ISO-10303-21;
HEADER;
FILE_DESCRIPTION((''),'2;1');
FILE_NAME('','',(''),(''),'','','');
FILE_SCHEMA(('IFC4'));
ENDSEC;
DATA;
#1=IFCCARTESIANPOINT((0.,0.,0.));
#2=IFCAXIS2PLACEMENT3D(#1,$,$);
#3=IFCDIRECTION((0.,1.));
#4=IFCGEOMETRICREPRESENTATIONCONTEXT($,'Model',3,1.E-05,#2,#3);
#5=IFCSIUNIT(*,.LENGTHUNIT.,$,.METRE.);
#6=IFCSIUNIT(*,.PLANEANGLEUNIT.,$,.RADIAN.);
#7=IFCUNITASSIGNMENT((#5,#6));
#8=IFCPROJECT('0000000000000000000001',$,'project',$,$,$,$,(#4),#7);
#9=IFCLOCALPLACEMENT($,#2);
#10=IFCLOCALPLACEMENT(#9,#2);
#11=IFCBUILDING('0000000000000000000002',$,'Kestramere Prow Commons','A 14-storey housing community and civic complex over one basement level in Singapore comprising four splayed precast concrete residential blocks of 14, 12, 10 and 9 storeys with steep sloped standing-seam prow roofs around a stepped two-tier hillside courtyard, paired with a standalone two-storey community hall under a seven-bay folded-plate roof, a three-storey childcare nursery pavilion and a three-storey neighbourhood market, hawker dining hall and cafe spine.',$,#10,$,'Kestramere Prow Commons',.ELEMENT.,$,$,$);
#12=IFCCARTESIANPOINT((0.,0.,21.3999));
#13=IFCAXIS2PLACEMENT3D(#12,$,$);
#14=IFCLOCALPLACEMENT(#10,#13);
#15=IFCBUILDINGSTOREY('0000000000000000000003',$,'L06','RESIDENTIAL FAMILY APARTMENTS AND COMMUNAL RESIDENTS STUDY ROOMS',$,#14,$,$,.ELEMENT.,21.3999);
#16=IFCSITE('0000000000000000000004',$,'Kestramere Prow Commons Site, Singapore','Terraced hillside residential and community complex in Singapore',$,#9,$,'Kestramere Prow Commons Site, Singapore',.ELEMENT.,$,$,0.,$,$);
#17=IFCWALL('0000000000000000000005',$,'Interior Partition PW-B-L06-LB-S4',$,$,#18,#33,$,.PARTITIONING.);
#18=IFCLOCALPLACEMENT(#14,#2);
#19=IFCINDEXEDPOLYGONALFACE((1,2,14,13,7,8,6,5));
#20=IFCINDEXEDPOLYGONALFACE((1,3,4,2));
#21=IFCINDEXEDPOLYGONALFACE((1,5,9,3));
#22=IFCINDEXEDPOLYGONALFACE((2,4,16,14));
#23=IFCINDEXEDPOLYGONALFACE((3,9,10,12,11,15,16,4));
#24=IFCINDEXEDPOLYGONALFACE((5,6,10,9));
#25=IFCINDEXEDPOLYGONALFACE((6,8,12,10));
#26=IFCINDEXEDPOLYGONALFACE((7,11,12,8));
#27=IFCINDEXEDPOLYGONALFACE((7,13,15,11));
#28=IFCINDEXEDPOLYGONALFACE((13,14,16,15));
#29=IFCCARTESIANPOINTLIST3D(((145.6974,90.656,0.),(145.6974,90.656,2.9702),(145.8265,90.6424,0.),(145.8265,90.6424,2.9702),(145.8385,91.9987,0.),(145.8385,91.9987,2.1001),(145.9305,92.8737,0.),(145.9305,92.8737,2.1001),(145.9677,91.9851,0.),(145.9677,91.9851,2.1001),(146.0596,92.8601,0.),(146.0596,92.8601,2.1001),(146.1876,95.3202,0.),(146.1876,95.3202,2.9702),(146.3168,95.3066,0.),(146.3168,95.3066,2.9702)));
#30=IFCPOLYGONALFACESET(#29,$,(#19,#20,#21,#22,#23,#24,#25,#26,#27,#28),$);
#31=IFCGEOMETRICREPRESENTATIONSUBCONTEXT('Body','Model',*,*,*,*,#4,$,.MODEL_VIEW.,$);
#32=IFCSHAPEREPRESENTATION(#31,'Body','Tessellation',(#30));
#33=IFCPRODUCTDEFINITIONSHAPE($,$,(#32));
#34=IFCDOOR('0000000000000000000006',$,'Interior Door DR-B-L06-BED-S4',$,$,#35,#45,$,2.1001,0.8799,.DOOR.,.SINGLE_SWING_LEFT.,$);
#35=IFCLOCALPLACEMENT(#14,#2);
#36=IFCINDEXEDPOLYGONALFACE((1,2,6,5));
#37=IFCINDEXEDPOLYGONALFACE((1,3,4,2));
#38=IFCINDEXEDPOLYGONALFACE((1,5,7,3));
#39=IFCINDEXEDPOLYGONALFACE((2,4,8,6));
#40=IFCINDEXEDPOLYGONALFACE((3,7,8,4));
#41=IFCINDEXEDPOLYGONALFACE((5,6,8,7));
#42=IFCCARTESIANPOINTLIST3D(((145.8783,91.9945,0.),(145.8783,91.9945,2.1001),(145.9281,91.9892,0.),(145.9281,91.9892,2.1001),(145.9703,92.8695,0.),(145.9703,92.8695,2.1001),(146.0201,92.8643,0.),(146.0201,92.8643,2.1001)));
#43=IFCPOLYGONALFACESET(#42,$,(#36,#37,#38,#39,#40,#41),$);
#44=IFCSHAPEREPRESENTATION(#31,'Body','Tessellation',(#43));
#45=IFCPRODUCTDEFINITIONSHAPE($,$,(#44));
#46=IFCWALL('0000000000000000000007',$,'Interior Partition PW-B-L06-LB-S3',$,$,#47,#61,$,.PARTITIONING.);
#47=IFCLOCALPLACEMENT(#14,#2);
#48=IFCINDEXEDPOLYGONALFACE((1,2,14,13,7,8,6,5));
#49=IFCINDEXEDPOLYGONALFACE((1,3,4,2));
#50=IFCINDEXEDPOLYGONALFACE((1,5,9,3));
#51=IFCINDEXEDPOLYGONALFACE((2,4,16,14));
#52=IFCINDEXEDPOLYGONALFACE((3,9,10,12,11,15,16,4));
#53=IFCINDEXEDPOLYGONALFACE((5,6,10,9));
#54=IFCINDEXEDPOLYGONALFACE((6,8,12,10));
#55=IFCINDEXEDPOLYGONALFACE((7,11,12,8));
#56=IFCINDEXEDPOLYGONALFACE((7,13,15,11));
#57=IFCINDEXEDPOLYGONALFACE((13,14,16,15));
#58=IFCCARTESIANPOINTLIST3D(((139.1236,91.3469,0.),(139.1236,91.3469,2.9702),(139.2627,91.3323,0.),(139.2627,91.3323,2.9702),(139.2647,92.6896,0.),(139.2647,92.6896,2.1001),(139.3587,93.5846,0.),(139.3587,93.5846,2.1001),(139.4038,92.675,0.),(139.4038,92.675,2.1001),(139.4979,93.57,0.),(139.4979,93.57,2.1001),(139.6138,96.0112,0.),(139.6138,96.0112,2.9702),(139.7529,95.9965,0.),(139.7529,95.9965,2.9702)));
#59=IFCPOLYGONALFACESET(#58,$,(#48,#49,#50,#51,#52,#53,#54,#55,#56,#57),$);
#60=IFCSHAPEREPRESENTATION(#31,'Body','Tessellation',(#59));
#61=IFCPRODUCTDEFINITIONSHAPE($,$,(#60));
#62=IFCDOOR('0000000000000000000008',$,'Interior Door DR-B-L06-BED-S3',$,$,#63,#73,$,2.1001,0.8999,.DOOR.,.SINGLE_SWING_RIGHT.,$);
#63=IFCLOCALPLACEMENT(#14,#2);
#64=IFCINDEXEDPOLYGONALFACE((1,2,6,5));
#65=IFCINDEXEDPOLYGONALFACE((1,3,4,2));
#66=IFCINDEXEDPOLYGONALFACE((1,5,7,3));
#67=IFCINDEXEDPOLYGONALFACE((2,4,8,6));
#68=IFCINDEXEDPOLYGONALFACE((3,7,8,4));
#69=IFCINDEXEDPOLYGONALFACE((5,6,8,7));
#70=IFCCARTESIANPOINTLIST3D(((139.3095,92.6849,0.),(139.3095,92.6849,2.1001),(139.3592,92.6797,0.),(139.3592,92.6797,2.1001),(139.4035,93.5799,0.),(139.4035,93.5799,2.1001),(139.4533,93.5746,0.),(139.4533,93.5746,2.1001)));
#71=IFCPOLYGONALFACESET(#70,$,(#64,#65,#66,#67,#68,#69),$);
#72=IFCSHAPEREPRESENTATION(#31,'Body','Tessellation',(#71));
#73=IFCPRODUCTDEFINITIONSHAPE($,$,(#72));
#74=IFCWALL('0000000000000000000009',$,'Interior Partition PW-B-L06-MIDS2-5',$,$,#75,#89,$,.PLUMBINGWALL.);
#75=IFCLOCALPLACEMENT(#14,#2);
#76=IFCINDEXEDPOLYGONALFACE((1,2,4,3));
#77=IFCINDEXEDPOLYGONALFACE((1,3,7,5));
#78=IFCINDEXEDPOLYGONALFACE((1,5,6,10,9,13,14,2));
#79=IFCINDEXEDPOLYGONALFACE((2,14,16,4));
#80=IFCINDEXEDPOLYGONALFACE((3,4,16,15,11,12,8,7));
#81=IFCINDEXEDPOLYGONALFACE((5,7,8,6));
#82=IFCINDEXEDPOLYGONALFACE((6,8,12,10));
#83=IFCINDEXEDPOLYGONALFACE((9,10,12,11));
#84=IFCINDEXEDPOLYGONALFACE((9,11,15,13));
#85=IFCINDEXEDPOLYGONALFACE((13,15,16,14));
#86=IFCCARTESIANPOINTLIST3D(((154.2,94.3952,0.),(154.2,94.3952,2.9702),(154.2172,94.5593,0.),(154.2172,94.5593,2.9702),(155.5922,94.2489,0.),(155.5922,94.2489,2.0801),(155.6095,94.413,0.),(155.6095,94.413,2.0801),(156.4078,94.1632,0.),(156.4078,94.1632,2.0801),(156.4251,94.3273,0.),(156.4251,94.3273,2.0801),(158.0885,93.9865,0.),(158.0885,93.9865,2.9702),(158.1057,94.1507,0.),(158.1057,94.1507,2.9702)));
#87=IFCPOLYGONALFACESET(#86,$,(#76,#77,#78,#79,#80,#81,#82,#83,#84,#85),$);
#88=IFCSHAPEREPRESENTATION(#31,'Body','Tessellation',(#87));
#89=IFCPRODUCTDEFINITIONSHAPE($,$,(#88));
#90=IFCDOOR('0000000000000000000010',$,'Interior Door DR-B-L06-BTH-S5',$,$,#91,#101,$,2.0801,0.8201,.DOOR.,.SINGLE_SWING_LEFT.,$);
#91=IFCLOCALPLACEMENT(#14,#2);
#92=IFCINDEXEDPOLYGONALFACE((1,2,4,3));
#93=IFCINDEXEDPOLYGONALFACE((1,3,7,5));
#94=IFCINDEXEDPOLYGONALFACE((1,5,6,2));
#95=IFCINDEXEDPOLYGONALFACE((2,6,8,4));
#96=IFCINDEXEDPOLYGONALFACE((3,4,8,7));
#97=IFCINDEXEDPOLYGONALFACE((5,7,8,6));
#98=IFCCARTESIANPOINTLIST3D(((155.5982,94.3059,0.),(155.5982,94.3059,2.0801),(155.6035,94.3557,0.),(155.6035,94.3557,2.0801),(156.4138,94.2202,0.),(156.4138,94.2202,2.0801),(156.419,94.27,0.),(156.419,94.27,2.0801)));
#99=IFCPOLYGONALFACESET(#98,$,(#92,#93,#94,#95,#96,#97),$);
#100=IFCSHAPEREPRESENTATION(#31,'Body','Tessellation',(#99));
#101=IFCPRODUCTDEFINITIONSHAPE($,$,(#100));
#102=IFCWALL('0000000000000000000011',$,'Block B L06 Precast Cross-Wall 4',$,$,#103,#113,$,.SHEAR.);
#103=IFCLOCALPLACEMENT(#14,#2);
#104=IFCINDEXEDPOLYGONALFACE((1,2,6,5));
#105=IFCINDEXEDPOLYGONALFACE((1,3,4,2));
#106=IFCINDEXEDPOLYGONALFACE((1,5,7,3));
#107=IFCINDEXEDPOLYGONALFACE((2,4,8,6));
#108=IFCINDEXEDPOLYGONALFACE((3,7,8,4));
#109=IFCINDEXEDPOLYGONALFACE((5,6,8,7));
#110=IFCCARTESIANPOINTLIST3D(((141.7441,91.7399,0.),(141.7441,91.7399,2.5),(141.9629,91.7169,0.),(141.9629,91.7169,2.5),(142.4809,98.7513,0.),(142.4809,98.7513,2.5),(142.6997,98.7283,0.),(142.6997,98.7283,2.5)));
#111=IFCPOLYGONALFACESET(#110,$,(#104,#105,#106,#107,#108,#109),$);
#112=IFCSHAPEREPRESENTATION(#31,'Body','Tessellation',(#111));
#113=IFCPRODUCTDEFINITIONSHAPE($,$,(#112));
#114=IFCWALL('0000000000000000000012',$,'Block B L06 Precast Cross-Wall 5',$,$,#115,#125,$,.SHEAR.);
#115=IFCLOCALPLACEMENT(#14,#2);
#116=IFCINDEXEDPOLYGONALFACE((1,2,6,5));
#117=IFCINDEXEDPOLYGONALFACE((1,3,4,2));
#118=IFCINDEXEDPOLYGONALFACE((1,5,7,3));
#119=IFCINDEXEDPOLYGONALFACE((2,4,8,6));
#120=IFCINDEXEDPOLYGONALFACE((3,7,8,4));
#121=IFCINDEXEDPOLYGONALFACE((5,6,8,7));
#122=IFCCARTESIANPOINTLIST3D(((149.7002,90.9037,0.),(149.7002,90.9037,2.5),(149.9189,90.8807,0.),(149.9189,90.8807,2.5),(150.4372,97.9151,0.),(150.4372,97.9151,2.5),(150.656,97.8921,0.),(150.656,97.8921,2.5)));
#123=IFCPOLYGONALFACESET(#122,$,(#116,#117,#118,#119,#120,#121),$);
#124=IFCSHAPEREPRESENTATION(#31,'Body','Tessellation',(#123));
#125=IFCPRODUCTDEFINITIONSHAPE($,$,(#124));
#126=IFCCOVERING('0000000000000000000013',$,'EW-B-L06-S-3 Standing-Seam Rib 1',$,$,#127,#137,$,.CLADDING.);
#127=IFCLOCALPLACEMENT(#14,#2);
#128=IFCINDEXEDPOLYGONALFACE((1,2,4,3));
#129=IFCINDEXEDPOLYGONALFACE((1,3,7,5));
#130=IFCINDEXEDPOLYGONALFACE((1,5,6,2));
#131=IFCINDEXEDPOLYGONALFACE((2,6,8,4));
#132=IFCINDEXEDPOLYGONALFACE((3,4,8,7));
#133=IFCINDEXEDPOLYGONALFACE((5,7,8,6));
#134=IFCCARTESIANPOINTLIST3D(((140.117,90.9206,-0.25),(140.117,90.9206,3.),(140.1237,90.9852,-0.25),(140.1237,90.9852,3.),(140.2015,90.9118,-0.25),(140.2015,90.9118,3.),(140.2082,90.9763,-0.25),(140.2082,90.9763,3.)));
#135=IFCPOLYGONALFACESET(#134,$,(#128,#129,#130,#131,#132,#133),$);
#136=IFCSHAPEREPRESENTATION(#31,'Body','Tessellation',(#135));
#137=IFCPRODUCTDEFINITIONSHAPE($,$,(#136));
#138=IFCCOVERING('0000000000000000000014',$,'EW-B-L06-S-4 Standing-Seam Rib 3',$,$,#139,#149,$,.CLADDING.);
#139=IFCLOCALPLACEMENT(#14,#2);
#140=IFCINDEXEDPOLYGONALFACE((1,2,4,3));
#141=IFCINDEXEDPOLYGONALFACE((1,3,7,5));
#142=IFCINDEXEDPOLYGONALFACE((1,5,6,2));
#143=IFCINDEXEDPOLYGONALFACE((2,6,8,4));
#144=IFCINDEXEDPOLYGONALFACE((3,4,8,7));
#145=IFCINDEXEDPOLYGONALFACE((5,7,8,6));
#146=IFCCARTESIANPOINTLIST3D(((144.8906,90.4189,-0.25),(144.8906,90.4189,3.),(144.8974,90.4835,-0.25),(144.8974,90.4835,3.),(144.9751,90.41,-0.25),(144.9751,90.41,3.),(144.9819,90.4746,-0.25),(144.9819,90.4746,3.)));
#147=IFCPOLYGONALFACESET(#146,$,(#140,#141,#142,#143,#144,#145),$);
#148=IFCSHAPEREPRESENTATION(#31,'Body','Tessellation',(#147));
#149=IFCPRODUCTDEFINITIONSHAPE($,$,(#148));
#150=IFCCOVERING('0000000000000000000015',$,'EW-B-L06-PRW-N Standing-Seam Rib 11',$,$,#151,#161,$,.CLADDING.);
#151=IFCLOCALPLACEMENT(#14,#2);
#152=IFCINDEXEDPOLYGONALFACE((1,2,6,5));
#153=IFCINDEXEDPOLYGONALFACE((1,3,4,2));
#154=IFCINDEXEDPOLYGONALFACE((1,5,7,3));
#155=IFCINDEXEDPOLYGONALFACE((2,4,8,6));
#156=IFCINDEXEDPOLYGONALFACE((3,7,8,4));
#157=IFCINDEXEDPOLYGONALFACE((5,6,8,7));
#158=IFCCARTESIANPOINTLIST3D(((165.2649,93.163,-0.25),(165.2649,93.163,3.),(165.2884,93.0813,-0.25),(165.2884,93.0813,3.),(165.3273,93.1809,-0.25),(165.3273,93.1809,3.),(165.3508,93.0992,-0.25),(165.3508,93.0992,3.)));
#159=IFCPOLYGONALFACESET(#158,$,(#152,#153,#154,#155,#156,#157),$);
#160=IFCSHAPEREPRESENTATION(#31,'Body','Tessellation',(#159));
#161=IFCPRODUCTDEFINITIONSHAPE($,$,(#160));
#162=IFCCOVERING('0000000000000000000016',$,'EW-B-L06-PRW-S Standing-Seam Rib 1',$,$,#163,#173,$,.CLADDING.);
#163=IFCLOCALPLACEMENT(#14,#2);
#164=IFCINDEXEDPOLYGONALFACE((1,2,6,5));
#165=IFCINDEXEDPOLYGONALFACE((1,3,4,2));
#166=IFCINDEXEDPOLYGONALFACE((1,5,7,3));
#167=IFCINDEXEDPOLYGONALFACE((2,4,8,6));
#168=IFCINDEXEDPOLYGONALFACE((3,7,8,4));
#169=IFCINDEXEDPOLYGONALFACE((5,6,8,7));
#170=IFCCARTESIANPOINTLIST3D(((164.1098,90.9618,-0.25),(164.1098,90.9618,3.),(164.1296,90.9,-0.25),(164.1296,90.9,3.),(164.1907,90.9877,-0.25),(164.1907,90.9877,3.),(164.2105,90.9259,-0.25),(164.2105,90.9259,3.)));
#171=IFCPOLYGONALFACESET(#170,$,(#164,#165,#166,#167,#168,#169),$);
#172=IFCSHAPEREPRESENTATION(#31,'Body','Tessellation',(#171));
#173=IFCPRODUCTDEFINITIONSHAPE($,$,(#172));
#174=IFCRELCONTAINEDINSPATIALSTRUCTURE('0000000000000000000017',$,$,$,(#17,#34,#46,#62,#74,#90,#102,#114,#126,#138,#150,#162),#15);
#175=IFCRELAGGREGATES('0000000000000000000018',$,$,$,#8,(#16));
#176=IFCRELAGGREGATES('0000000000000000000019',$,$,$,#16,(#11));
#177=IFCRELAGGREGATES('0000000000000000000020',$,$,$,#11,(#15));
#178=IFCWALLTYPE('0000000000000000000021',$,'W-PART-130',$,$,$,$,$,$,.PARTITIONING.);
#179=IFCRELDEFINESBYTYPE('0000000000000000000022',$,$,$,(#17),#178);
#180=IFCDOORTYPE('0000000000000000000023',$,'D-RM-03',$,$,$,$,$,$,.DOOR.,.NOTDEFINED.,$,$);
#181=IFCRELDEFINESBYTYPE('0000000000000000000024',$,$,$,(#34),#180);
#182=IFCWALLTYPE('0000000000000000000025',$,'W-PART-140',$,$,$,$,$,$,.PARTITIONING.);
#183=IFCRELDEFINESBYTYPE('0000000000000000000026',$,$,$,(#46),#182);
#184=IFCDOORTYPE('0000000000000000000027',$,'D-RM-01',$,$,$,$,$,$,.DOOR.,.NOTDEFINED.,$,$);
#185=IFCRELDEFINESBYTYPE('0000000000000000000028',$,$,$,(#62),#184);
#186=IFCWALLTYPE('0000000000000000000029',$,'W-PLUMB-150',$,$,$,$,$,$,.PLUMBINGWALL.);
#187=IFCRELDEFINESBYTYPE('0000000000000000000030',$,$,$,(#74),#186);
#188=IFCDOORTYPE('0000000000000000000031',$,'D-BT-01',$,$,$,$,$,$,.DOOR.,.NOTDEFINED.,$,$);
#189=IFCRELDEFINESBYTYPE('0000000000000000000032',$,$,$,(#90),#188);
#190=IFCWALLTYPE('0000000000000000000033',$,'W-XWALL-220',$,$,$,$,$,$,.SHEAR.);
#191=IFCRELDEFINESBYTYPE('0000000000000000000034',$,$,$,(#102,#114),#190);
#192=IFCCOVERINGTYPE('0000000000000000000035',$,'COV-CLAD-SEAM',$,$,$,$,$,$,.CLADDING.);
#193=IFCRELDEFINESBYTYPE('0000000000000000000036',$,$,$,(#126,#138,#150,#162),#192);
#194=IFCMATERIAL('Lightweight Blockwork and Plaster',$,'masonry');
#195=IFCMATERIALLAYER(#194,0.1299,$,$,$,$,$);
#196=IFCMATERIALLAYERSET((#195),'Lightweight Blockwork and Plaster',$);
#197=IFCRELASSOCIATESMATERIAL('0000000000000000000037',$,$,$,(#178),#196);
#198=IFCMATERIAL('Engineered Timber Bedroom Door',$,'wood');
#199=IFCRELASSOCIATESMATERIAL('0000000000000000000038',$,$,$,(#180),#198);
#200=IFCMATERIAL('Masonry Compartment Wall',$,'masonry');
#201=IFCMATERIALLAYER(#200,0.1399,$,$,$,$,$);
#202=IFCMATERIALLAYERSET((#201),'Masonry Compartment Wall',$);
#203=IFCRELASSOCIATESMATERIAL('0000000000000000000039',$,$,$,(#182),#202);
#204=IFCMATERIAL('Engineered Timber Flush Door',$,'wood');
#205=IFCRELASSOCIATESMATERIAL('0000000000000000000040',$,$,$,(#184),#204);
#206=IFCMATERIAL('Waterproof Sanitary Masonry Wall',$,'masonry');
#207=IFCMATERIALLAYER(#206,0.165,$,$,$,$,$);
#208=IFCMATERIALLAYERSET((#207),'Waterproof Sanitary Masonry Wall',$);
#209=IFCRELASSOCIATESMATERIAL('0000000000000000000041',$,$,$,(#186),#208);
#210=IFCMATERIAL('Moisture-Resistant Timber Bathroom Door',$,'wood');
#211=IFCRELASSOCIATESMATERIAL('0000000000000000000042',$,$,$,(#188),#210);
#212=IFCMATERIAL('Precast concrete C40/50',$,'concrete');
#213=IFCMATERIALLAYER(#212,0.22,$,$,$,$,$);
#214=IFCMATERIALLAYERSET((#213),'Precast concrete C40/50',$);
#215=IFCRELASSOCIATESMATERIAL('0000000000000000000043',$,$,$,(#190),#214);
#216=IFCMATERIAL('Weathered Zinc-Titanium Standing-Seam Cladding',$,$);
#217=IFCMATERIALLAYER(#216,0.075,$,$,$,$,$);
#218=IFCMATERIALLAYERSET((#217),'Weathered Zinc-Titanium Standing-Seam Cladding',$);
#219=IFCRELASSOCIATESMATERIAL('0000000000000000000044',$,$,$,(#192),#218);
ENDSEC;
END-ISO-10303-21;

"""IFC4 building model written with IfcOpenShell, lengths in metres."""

from ifc_helpers import new_model, si_unit, direction, frame, frame_2d, origin, origin_2d, place, context, subcontext, project, spatial, rectangle, extrude, material, layer, layer_set, type_object, element, fill, save


model = new_model("IFC4")

# Units and contexts
model_context = context("Model", 3, precision=1e-05, world=origin(), true_north=direction((0.0, 1.0)))
body_context = subcontext(model_context, "Body", "Model", "MODEL_VIEW")
ifc_project = project(units=[si_unit("LENGTHUNIT", "METRE"), si_unit("PLANEANGLEUNIT", "RADIAN")], contexts=[model_context])

# Site, building, storey
site_placement = place(None, origin())
site = spatial("IfcSite", under=ifc_project, at=site_placement, Name="Kestramere Prow Commons Site, Singapore", Description="Terraced hillside residential and community complex in Singapore", LongName="Kestramere Prow Commons Site, Singapore", CompositionType="ELEMENT", RefElevation=0.0)
building_placement = place(site_placement, origin())
building = spatial("IfcBuilding", under=site, at=building_placement, Name="Kestramere Prow Commons", Description="A 14-storey housing community and civic complex over one basement level in Singapore comprising four splayed precast concrete residential blocks of 14, 12, 10 and 9 storeys with steep sloped standing-seam prow roofs around a stepped two-tier hillside courtyard, paired with a standalone two-storey community hall under a seven-bay folded-plate roof, a three-storey childcare nursery pavilion and a three-storey neighbourhood market, hawker dining hall and cafe spine.", LongName="Kestramere Prow Commons", CompositionType="ELEMENT")
storey_placement = place(building_placement, frame((0.0, 0.0, 21.3999)))
storey = spatial("IfcBuildingStorey", under=building, at=storey_placement, Name="L06", Description="RESIDENTIAL FAMILY APARTMENTS AND COMMUNAL RESIDENTS STUDY ROOMS", CompositionType="ELEMENT", Elevation=21.3999)

# Shared definitions
ifc_material_1 = material(Name="Precast concrete C40/50", Category="concrete")

# Shared definitions
ifc_material_2 = material(Name="Weathered Zinc-Titanium Standing-Seam Cladding")

# Walls, openings, doors
ifc_material_3 = material(Name="Lightweight Blockwork and Plaster", Category="masonry")
ifc_layer_1 = layer(ifc_material_3, 0.1299)
ifc_layer_set_1 = layer_set([ifc_layer_1], Name="Lightweight Blockwork and Plaster")
wall_type_1 = type_object("IfcWallType", Name="W-PART-130", PredefinedType="PARTITIONING", material=ifc_layer_set_1)
wall_1_placement = place(storey_placement, frame((145.762, 90.6492, 0.0), z_axis=(0.0, 0.0, 1.0), x_axis=(0.104528, 0.994522, 0.0)))
wall_1 = element("IfcWall", 1, at=wall_1_placement, inside=storey, type_object=wall_type_1, Name="Interior Partition PW-B-L06-LB-S4", PredefinedType="PARTITIONING", context=body_context, shape_type="SweptSolid", body=[
    extrude(rectangle(XDim=4.6899, YDim=0.1299, at=frame_2d((2.345, 0.0))), origin(), (0.0, 0.0, 1.0), 2.9702),
])
opening_1_placement = place(wall_1_placement, frame((1.3501, 0.0, 0.0)))
opening_1 = element("IfcOpeningElement", 2, at=opening_1_placement, cuts=wall_1, PredefinedType="OPENING", context=body_context, shape_type="SweptSolid", body=[
    extrude(rectangle(XDim=0.8799, YDim=2.1001, at=frame_2d((0.4399, 1.05))), frame((0.0, 0.0798, 0.0), z_axis=(0.0, -1.0, 0.0), x_axis=(1.0, 0.0, 0.0)), (0.0, 0.0, 1.0), 0.1599),
])
ifc_material_4 = material(Name="Engineered Timber Bedroom Door", Category="wood")
door_type_1 = type_object("IfcDoorType", Name="D-RM-03", OperationType="NOTDEFINED", PredefinedType="DOOR", material=ifc_material_4)
door_1_placement = place(opening_1_placement, origin())
door_1 = element("IfcDoor", 3, at=door_1_placement, inside=storey, type_object=door_type_1, Name="Interior Door DR-B-L06-BED-S4", OperationType="SINGLE_SWING_LEFT", OverallHeight=2.1001, OverallWidth=0.8799, PredefinedType="DOOR", context=body_context, shape_type="SweptSolid", body=[
    extrude(rectangle(XDim=0.8799, YDim=2.1001, at=frame_2d((0.4399, 1.05))), frame((0.0, 0.0249, 0.0), z_axis=(0.0, -1.0, 0.0), x_axis=(1.0, 0.0, 0.0)), (0.0, 0.0, 1.0), 0.05),
])
fill(opening_1, door_1)
ifc_material_5 = material(Name="Masonry Compartment Wall", Category="masonry")
ifc_layer_2 = layer(ifc_material_5, 0.1399)
ifc_layer_set_2 = layer_set([ifc_layer_2], Name="Masonry Compartment Wall")
wall_type_2 = type_object("IfcWallType", Name="W-PART-140", PredefinedType="PARTITIONING", material=ifc_layer_set_2)
wall_2_placement = place(storey_placement, frame((139.1931, 91.3396, 0.0), z_axis=(0.0, 0.0, 1.0), x_axis=(0.104528, 0.994522, 0.0)))
wall_2 = element("IfcWall", 4, at=wall_2_placement, inside=storey, type_object=wall_type_2, Name="Interior Partition PW-B-L06-LB-S3", PredefinedType="PARTITIONING", context=body_context, shape_type="SweptSolid", body=[
    extrude(rectangle(XDim=4.6899, YDim=0.1399, at=frame_2d((2.345, 0.0))), origin(), (0.0, 0.0, 1.0), 2.9702),
])
opening_2_placement = place(wall_2_placement, frame((1.3501, 0.0, 0.0)))
opening_2 = element("IfcOpeningElement", 5, at=opening_2_placement, cuts=wall_2, PredefinedType="OPENING", context=body_context, shape_type="SweptSolid", body=[
    extrude(rectangle(XDim=0.8999, YDim=2.1001, at=frame_2d((0.45, 1.05))), frame((0.0, 0.085, 0.0), z_axis=(0.0, -1.0, 0.0), x_axis=(1.0, 0.0, 0.0)), (0.0, 0.0, 1.0), 0.1699),
])
ifc_material_6 = material(Name="Engineered Timber Flush Door", Category="wood")
door_type_2 = type_object("IfcDoorType", Name="D-RM-01", OperationType="NOTDEFINED", PredefinedType="DOOR", material=ifc_material_6)
door_2_placement = place(opening_2_placement, origin())
door_2 = element("IfcDoor", 6, at=door_2_placement, inside=storey, type_object=door_type_2, Name="Interior Door DR-B-L06-BED-S3", OperationType="SINGLE_SWING_RIGHT", OverallHeight=2.1001, OverallWidth=0.8999, PredefinedType="DOOR", context=body_context, shape_type="SweptSolid", body=[
    extrude(rectangle(XDim=0.8999, YDim=2.1001, at=frame_2d((0.45, 1.05))), frame((0.0, 0.0249, 0.0), z_axis=(0.0, -1.0, 0.0), x_axis=(1.0, 0.0, 0.0)), (0.0, 0.0, 1.0), 0.05),
])
fill(opening_2, door_2)
ifc_material_7 = material(Name="Waterproof Sanitary Masonry Wall", Category="masonry")
ifc_layer_3 = layer(ifc_material_7, 0.165)
ifc_layer_set_3 = layer_set([ifc_layer_3], Name="Waterproof Sanitary Masonry Wall")
wall_type_3 = type_object("IfcWallType", Name="W-PLUMB-150", PredefinedType="PLUMBINGWALL", material=ifc_layer_set_3)
wall_3_placement = place(storey_placement, frame((154.2085, 94.4773, 0.0), z_axis=(0.0, 0.0, 1.0), x_axis=(0.994522, -0.104529, 0.0)))
wall_3 = element("IfcWall", 7, at=wall_3_placement, inside=storey, type_object=wall_type_3, Name="Interior Partition PW-B-L06-MIDS2-5", PredefinedType="PLUMBINGWALL", context=body_context, shape_type="SweptSolid", body=[
    extrude(rectangle(XDim=3.9099, YDim=0.165, at=frame_2d((1.9551, 0.0))), origin(), (0.0, 0.0, 1.0), 2.9702),
])
opening_3_placement = place(wall_3_placement, frame((1.3999, 0.0, 0.0)))
opening_3 = element("IfcOpeningElement", 8, at=opening_3_placement, cuts=wall_3, PredefinedType="OPENING", context=body_context, shape_type="SweptSolid", body=[
    extrude(rectangle(XDim=0.8201, YDim=2.0801, at=frame_2d((0.4102, 1.04))), frame((0.0, 0.0974, 0.0), z_axis=(0.0, -1.0, 0.0), x_axis=(1.0, 0.0, 0.0)), (0.0, 0.0, 1.0), 0.1951),
])
ifc_material_8 = material(Name="Moisture-Resistant Timber Bathroom Door", Category="wood")
door_type_3 = type_object("IfcDoorType", Name="D-BT-01", OperationType="NOTDEFINED", PredefinedType="DOOR", material=ifc_material_8)
door_3_placement = place(opening_3_placement, origin())
door_3 = element("IfcDoor", 9, at=door_3_placement, inside=storey, type_object=door_type_3, Name="Interior Door DR-B-L06-BTH-S5", OperationType="SINGLE_SWING_LEFT", OverallHeight=2.0801, OverallWidth=0.8201, PredefinedType="DOOR", context=body_context, shape_type="SweptSolid", body=[
    extrude(rectangle(XDim=0.8201, YDim=2.0801, at=frame_2d((0.4102, 1.04))), frame((0.0, 0.0249, 0.0), z_axis=(0.0, -1.0, 0.0), x_axis=(1.0, 0.0, 0.0)), (0.0, 0.0, 1.0), 0.05),
])
fill(opening_3, door_3)

# Walls
ifc_layer_4 = layer(ifc_material_1, 0.22)
ifc_layer_set_4 = layer_set([ifc_layer_4], Name="Precast concrete C40/50")
wall_type_4 = type_object("IfcWallType", Name="W-XWALL-220", PredefinedType="SHEAR", material=ifc_layer_set_4)
for number, where, z_axis, x_axis, name in (
    (10, (141.8535, 91.7285, 0.0), (0.0, 0.0, 1.0), (0.104512, 0.994524, 0.0), "Block B L06 Precast Cross-Wall 4"),
    (11, (149.8096, 90.8923, 0.0), (0.0, 0.0, 1.0), (0.104546, 0.99452, 0.0), "Block B L06 Precast Cross-Wall 5"),
):
    element("IfcWall", number, at=place(storey_placement, frame(where, z_axis=z_axis, x_axis=x_axis)), inside=storey, type_object=wall_type_4, Name=name, PredefinedType="SHEAR", context=body_context, shape_type="SweptSolid", body=[
        extrude(rectangle(XDim=7.05, YDim=0.22, at=frame_2d((3.5249, 0.0))), origin(), (0.0, 0.0, 1.0), 2.5),
    ])

# Coverings
ifc_layer_5 = layer(ifc_material_2, 0.075)
ifc_layer_set_5 = layer_set([ifc_layer_5], Name="Weathered Zinc-Titanium Standing-Seam Cladding")
covering_type = type_object("IfcCoveringType", Name="COV-CLAD-SEAM", PredefinedType="CLADDING", material=ifc_layer_set_5)
for number, where, z_axis, x_axis, name in (
    (12, (140.1626, 90.9485, -0.25), (0.0, 0.0, 1.0), (-0.994522, 0.104528, 0.0), "EW-B-L06-S-3 Standing-Seam Rib 1"),
    (13, (144.9363, 90.4468, -0.25), (0.0, 0.0, 1.0), (-0.994522, 0.104528, 0.0), "EW-B-L06-S-4 Standing-Seam Rib 3"),
    (14, (165.3079, 93.1311, -0.25), (0.0, 0.0, 1.0), (0.276318, -0.961066, 0.0), "EW-B-L06-PRW-N Standing-Seam Rib 11"),
    (15, (164.1602, 90.9438, -0.25), (0.0, 0.0, 1.0), (-0.952283, -0.305215, 0.0), "EW-B-L06-PRW-S Standing-Seam Rib 1"),
):
    element("IfcCovering", number, at=place(storey_placement, frame(where, z_axis=z_axis, x_axis=x_axis)), inside=storey, type_object=covering_type, Name=name, PredefinedType="CLADDING", context=body_context, shape_type="SweptSolid", body=[
        extrude(rectangle(XDim=0.085, YDim=0.0649, at=origin_2d()), origin(), (0.0, 0.0, 1.0), 3.25),
    ])

save(model, "model.ifc")
